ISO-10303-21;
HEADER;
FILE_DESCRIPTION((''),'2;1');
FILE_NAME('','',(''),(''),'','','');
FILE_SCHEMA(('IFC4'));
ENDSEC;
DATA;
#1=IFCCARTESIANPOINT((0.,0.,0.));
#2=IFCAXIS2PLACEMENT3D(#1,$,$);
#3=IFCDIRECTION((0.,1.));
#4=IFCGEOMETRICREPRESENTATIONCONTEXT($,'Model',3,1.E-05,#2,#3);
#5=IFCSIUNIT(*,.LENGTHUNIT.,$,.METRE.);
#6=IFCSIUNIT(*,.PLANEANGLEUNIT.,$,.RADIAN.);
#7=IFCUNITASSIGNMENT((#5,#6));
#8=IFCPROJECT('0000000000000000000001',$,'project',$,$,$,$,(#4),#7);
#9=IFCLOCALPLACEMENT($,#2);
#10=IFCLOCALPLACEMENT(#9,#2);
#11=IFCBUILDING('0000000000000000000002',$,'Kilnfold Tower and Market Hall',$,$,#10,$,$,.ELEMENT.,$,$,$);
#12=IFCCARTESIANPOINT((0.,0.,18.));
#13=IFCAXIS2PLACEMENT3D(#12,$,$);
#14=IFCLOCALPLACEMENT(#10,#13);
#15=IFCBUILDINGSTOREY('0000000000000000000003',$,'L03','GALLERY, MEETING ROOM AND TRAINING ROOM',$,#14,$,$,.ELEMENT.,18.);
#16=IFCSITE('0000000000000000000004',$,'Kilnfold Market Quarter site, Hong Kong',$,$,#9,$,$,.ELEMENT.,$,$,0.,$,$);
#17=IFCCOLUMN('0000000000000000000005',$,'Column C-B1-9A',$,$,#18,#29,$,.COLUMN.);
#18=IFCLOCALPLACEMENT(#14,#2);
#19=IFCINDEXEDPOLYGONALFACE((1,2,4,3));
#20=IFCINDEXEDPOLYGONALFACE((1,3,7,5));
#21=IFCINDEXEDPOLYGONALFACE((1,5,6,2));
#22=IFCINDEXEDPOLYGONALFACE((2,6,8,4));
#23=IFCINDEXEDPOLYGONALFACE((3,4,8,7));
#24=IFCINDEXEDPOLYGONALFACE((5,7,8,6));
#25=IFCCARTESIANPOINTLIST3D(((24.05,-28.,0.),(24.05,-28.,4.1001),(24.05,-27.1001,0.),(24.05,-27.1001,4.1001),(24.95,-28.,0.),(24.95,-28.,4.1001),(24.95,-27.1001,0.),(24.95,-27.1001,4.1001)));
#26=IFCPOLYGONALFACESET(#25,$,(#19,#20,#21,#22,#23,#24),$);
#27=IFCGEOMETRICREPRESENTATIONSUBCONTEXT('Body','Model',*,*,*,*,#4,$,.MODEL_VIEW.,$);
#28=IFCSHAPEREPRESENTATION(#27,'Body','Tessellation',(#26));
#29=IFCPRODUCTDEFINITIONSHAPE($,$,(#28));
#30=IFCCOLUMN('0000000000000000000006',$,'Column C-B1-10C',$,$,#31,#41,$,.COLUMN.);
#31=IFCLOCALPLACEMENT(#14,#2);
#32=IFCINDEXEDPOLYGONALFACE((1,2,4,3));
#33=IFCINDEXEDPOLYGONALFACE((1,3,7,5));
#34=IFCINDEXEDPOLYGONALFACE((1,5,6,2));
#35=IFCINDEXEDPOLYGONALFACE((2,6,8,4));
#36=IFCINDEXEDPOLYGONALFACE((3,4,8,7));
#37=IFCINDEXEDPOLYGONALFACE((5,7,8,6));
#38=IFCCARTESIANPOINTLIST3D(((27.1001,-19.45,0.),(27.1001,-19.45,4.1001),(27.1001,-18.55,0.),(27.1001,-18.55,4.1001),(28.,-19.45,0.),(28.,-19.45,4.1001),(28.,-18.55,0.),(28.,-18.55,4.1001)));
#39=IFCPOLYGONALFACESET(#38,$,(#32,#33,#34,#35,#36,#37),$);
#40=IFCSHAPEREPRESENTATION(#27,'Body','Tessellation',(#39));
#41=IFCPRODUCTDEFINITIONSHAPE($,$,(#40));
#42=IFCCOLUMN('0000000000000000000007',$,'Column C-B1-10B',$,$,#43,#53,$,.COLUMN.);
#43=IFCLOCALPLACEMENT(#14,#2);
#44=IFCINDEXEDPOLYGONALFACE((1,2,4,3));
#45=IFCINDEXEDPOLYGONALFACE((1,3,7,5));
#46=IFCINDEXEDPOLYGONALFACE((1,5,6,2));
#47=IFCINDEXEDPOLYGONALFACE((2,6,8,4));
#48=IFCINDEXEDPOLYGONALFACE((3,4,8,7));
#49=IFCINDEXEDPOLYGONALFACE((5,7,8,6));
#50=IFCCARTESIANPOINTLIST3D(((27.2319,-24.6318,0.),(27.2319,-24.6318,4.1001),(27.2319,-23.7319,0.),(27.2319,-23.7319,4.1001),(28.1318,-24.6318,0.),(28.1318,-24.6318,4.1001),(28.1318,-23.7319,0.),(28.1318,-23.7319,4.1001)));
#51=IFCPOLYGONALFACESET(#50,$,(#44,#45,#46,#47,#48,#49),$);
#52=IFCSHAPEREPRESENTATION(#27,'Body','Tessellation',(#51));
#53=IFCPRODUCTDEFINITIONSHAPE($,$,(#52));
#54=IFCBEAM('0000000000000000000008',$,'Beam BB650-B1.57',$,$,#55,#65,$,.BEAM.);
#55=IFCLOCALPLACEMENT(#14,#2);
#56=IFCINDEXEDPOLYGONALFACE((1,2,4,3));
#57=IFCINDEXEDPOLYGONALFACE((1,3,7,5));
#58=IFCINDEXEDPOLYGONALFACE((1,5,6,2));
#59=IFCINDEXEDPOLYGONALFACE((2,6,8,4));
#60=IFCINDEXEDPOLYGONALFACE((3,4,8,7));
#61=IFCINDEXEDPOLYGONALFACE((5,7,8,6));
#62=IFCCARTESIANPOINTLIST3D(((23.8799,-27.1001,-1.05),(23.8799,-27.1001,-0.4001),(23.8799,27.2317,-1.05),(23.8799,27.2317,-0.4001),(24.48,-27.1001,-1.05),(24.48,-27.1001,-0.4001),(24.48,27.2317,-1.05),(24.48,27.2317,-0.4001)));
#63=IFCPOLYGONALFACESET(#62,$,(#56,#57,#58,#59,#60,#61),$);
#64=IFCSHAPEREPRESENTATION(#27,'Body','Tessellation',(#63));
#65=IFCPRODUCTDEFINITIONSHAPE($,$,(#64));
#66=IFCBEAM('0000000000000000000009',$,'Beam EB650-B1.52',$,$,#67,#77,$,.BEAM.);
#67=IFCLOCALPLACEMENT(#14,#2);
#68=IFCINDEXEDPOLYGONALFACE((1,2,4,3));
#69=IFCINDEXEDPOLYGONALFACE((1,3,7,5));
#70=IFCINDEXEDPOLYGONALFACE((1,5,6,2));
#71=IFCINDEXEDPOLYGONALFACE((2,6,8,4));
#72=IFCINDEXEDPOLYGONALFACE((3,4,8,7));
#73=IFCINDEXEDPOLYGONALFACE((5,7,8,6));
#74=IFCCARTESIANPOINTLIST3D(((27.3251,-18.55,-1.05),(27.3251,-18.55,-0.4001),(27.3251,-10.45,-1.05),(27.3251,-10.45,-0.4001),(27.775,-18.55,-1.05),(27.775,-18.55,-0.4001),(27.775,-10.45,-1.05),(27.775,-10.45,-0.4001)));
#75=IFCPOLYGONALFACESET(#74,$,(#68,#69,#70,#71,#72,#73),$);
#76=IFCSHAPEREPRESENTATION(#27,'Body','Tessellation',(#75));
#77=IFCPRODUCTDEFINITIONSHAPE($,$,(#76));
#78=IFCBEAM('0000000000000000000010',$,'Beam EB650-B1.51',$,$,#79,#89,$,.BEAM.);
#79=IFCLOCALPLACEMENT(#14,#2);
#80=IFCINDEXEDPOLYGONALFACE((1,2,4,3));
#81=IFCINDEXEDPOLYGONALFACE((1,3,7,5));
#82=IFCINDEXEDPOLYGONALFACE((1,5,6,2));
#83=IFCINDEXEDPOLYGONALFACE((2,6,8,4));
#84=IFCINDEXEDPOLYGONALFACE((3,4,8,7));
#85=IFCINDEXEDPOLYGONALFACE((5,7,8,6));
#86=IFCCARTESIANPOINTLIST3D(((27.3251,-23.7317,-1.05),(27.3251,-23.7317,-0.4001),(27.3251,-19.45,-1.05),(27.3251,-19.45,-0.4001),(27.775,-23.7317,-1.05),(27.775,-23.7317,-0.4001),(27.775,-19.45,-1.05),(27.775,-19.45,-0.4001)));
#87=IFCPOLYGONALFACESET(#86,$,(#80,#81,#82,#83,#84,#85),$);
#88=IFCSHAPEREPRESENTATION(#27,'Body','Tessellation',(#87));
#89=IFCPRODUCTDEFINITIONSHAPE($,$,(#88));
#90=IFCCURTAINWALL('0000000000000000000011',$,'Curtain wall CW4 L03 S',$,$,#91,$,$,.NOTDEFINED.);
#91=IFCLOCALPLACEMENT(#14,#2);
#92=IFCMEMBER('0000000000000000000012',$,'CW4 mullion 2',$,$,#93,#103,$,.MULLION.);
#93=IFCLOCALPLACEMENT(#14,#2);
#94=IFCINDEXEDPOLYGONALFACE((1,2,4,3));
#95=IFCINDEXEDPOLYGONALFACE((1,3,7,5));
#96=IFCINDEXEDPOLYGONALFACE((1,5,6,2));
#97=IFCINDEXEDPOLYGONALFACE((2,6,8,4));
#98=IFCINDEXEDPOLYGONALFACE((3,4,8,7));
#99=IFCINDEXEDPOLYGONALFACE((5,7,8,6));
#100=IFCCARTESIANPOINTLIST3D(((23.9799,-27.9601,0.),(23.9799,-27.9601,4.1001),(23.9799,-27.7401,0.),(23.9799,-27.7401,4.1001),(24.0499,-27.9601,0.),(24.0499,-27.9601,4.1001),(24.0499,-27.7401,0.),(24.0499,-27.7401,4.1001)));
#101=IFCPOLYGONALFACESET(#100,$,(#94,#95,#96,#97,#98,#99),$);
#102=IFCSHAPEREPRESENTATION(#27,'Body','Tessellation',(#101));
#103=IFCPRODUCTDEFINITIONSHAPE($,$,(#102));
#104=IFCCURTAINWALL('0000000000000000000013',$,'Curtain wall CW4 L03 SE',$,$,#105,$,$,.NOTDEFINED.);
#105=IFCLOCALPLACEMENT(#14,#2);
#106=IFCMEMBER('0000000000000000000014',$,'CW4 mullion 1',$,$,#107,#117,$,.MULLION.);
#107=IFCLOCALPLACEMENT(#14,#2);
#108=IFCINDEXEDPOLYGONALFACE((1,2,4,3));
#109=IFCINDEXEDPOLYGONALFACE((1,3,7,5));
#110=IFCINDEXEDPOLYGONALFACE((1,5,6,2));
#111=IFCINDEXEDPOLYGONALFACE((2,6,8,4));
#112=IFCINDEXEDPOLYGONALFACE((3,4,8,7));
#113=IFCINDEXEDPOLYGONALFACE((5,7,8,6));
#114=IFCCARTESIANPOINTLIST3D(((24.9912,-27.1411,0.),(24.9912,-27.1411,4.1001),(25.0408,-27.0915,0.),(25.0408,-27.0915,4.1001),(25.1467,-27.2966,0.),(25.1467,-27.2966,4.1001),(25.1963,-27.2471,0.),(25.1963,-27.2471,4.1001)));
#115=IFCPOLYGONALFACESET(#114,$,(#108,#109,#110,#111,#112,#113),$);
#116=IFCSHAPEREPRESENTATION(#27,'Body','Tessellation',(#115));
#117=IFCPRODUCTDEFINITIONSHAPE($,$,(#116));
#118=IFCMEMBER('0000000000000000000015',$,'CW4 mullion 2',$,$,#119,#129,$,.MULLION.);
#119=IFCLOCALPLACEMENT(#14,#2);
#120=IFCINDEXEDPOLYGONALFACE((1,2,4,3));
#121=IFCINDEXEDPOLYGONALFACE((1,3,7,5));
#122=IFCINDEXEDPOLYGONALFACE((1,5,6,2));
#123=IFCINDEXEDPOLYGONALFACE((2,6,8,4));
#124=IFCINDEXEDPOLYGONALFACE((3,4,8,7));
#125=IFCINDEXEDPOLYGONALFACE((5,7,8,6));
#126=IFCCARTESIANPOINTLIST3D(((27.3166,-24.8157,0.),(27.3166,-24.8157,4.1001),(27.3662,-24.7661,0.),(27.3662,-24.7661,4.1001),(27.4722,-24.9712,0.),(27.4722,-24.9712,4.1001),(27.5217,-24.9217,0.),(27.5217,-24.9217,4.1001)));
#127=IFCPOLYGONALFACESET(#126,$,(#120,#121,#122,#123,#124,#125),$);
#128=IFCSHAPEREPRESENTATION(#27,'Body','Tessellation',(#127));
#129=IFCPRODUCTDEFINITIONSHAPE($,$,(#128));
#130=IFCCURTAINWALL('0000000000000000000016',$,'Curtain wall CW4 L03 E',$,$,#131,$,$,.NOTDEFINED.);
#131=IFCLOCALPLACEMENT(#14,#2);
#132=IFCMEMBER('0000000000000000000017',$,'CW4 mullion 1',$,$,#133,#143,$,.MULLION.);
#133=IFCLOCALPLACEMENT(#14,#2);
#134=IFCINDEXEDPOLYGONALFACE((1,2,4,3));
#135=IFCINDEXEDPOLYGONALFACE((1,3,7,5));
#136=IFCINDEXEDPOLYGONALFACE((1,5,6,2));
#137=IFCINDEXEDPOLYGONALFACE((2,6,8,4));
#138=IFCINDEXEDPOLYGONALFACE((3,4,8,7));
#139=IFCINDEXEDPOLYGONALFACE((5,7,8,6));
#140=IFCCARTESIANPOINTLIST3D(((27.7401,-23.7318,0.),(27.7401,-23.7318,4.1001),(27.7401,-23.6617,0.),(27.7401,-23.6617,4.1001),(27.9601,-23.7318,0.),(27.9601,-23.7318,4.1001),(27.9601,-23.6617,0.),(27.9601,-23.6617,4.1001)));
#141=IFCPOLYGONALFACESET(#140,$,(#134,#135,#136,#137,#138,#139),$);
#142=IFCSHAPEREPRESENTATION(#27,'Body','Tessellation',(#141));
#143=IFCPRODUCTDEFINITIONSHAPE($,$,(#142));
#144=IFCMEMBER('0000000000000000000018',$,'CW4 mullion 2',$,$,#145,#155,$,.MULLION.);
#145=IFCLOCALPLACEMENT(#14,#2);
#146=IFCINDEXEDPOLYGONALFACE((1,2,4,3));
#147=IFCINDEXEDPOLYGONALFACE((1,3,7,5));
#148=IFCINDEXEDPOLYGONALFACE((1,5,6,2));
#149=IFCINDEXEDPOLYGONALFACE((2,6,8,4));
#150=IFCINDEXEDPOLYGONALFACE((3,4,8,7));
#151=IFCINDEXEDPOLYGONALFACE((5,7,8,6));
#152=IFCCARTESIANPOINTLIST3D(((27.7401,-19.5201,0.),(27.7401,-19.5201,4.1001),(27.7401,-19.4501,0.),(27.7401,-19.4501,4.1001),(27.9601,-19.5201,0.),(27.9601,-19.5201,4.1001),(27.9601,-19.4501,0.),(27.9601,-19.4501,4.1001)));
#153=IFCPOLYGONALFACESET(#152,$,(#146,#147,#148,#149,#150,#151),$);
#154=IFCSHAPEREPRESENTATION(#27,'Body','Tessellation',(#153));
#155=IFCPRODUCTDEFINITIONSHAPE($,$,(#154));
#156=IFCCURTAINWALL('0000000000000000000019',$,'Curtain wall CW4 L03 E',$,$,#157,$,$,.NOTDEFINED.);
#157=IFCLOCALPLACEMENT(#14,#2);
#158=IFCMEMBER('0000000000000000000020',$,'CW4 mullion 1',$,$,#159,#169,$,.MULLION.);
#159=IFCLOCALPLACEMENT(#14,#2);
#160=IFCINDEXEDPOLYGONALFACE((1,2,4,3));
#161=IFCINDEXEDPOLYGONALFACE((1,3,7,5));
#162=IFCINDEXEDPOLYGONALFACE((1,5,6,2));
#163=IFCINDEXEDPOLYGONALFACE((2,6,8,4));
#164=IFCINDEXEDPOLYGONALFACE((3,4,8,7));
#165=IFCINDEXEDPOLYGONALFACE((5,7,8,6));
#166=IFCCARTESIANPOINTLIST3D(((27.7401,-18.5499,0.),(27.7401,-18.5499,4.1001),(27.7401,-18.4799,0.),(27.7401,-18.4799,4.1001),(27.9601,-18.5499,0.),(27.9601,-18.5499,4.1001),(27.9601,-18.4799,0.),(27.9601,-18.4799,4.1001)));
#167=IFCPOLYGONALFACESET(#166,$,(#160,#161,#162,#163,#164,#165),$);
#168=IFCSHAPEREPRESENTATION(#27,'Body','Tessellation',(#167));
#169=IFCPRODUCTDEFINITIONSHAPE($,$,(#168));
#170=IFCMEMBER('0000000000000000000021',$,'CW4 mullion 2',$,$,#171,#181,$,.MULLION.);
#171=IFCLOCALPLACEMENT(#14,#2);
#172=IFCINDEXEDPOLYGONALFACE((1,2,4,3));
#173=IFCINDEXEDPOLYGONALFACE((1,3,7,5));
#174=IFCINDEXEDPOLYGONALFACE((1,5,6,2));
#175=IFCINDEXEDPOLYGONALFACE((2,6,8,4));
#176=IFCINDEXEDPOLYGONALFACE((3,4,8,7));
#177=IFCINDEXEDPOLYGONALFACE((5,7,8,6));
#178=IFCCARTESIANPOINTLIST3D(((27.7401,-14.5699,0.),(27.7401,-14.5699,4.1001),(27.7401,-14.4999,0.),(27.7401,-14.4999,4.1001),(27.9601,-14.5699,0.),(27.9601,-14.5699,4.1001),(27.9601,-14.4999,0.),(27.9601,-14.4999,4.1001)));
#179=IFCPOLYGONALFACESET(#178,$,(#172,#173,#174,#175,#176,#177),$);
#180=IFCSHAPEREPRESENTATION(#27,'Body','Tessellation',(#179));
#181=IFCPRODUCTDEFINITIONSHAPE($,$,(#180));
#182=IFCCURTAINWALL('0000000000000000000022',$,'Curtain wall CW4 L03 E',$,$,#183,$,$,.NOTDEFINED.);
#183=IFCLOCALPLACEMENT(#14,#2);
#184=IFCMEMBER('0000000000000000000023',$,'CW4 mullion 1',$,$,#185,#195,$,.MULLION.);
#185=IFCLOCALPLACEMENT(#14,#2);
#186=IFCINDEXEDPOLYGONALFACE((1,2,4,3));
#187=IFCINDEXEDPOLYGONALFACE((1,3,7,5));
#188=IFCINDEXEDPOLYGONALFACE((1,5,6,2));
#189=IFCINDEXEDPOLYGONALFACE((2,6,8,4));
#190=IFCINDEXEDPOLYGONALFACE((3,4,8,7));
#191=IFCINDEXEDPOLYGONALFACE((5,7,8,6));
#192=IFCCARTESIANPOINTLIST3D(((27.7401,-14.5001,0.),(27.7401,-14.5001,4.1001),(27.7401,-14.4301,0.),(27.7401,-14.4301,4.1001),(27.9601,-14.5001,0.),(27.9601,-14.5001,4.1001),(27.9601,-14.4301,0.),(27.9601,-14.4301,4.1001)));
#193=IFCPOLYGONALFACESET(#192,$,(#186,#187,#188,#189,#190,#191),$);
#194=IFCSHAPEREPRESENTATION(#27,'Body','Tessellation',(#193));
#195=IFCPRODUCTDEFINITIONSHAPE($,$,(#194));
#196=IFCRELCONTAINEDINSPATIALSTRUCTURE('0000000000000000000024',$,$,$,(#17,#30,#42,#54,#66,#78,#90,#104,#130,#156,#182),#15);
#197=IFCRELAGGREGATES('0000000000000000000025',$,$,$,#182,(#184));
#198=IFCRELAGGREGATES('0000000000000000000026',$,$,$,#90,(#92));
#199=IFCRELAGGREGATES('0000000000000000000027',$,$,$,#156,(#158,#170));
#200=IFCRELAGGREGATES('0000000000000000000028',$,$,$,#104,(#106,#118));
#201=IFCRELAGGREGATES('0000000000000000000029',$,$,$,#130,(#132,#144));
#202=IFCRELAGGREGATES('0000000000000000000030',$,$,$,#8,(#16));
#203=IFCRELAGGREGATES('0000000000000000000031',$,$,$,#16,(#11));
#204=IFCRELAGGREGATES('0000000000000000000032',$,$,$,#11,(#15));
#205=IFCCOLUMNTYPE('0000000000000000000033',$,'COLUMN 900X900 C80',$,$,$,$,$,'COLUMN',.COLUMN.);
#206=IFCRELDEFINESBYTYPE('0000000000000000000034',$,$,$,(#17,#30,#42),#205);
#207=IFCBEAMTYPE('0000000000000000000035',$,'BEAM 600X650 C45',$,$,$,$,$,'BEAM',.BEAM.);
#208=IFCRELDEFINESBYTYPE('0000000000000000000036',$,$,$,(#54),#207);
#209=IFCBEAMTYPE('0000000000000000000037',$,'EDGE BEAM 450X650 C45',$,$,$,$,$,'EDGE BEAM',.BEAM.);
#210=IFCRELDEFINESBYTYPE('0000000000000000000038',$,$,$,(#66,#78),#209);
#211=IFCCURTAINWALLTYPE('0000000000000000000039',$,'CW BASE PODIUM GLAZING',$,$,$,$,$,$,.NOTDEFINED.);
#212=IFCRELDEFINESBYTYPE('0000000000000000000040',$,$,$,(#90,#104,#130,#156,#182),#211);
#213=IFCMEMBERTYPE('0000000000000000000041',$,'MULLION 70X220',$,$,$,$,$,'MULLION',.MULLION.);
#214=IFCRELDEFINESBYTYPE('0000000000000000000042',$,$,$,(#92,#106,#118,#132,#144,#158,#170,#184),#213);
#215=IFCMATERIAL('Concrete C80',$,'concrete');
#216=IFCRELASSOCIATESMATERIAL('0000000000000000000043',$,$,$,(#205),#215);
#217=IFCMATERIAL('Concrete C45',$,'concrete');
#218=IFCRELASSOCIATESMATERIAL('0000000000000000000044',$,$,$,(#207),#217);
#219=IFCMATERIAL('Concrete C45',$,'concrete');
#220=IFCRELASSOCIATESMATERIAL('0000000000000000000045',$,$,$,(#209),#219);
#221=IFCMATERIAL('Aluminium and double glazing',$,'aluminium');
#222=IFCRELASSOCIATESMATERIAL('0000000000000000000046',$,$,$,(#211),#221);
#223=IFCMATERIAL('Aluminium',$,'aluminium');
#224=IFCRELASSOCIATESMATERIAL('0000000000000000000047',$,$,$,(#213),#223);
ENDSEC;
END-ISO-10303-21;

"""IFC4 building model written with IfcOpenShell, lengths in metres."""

from ifc_helpers import new_model, si_unit, direction, frame, origin, origin_2d, place, context, subcontext, project, spatial, rectangle, extrude, source, transform, mapped, material, material_profile, profile_set, type_object, element, aggregate, save


model = new_model("IFC4")

# Units and contexts
model_context = context("Model", 3, precision=1e-05, world=origin(), true_north=direction((0.0, 1.0)))
body_context = subcontext(model_context, "Body", "Model", "MODEL_VIEW")
ifc_project = project(units=[si_unit("LENGTHUNIT", "METRE"), si_unit("PLANEANGLEUNIT", "RADIAN")], contexts=[model_context])

# Site, building, storey
site_placement = place(None, origin())
site = spatial("IfcSite", under=ifc_project, at=site_placement, Name="Kilnfold Market Quarter site, Hong Kong", CompositionType="ELEMENT", RefElevation=0.0)
building_placement = place(site_placement, origin())
building = spatial("IfcBuilding", under=site, at=building_placement, Name="Kilnfold Tower and Market Hall", CompositionType="ELEMENT")
storey_placement = place(building_placement, frame((0.0, 0.0, 18.0)))
storey = spatial("IfcBuildingStorey", under=building, at=storey_placement, Name="L03", Description="GALLERY, MEETING ROOM AND TRAINING ROOM", CompositionType="ELEMENT", Elevation=18.0)

# Columns
ifc_material_1 = material(Name="Concrete C80", Category="concrete")
ifc_material_profile_1 = material_profile(ifc_material_1, rectangle(XDim=0.8999, YDim=0.8999, at=origin_2d()), Name="RC 900x900")
ifc_profile_set_1 = profile_set([ifc_material_profile_1], Name="Concrete C80")
column_type = type_object("IfcColumnType", Name="COLUMN 900X900 C80", ElementType="COLUMN", PredefinedType="COLUMN", material=ifc_profile_set_1)
shared_shape_1 = source(origin(), body_context, "Body", "SweptSolid", [
    extrude(rectangle(XDim=0.8999, YDim=0.8999, at=origin_2d()), origin(), (0.0, 0.0, 1.0), 4.1001),
])
for number, where, z_axis, x_axis, name in (
    (1, (24.5, -27.55, 0.0), (0.0, 0.0, 1.0), (1.0, 0.0, 0.0), "Column C-B1-9A"),
    (2, (27.55, -19.0, 0.0), (0.0, 0.0, 1.0), (1.0, 0.0, 0.0), "Column C-B1-10C"),
    (3, (27.6819, -24.1819, 0.0), (0.0, 0.0, 1.0), (1.0, 0.0, 0.0), "Column C-B1-10B"),
):
    element("IfcColumn", number, at=place(storey_placement, frame(where, z_axis=z_axis, x_axis=x_axis)), inside=storey, type_object=column_type, Name=name, PredefinedType="COLUMN", context=body_context, shape_type="MappedRepresentation", body=[
        mapped(shared_shape_1, transform((0.0, 0.0, 0.0))),
    ])

# Beams
ifc_material_2 = material(Name="Concrete C45", Category="concrete")
ifc_material_profile_2 = material_profile(ifc_material_2, rectangle(XDim=0.6001, YDim=0.6499, at=origin_2d()), Name="RC 600x650")
ifc_profile_set_2 = profile_set([ifc_material_profile_2], Name="Concrete C45")
beam_type_1 = type_object("IfcBeamType", Name="BEAM 600X650 C45", ElementType="BEAM", PredefinedType="BEAM", material=ifc_profile_set_2)
shared_shape_2 = source(origin(), body_context, "Body", "SweptSolid", [
    extrude(rectangle(XDim=0.6001, YDim=0.6499, at=origin_2d()), origin(), (0.0, 0.0, 1.0), 54.3318),
])
beam_1_placement = place(storey_placement, frame((24.1799, -27.1001, -0.7251), z_axis=(0.0, 1.0, 0.0), x_axis=(-1.0, 0.0, 0.0)))
element("IfcBeam", 4, at=beam_1_placement, inside=storey, type_object=beam_type_1, Name="Beam BB650-B1.57", PredefinedType="BEAM", context=body_context, shape_type="MappedRepresentation", body=[
    mapped(shared_shape_2, transform((0.0, 0.0, 0.0))),
])
ifc_material_3 = material(Name="Concrete C45", Category="concrete")
ifc_material_profile_3 = material_profile(ifc_material_3, rectangle(XDim=0.45, YDim=0.6499, at=origin_2d()), Name="RC 450x650")
ifc_profile_set_3 = profile_set([ifc_material_profile_3], Name="Concrete C45")
beam_type_2 = type_object("IfcBeamType", Name="EDGE BEAM 450X650 C45", ElementType="EDGE BEAM", PredefinedType="BEAM", material=ifc_profile_set_3)
shared_shape_3 = source(origin(), body_context, "Body", "SweptSolid", [
    extrude(rectangle(XDim=0.45, YDim=0.6499, at=origin_2d()), origin(), (0.0, 0.0, 1.0), 8.1001),
])
beam_2_placement = place(storey_placement, frame((27.55, -18.55, -0.7251), z_axis=(0.0, 1.0, 0.0), x_axis=(-1.0, 0.0, 0.0)))
element("IfcBeam", 5, at=beam_2_placement, inside=storey, type_object=beam_type_2, Name="Beam EB650-B1.52", PredefinedType="BEAM", context=body_context, shape_type="MappedRepresentation", body=[
    mapped(shared_shape_3, transform((0.0, 0.0, 0.0))),
])
shared_shape_4 = source(origin(), body_context, "Body", "SweptSolid", [
    extrude(rectangle(XDim=0.45, YDim=0.6499, at=origin_2d()), origin(), (0.0, 0.0, 1.0), 4.2817),
])
beam_3_placement = place(storey_placement, frame((27.55, -23.7317, -0.7251), z_axis=(0.0, 1.0, 0.0), x_axis=(-1.0, 0.0, 0.0)))
element("IfcBeam", 6, at=beam_3_placement, inside=storey, type_object=beam_type_2, Name="Beam EB650-B1.51", PredefinedType="BEAM", context=body_context, shape_type="MappedRepresentation", body=[
    mapped(shared_shape_4, transform((0.0, 0.0, 0.0))),
])

# Curtain wall, member
ifc_material_4 = material(Name="Aluminium and double glazing", Category="aluminium")
curtain_wall_type = type_object("IfcCurtainWallType", Name="CW BASE PODIUM GLAZING", PredefinedType="NOTDEFINED", material=ifc_material_4)
curtain_wall_1_placement = place(storey_placement, origin())
curtain_wall_1 = element("IfcCurtainWall", 7, at=curtain_wall_1_placement, inside=storey, type_object=curtain_wall_type, Name="Curtain wall CW4 L03 S", PredefinedType="NOTDEFINED")
ifc_material_5 = material(Name="Aluminium", Category="aluminium")
ifc_material_profile_4 = material_profile(ifc_material_5, rectangle(XDim=0.0701, YDim=0.22, at=origin_2d()), Name="MULLION 70x220")
ifc_profile_set_4 = profile_set([ifc_material_profile_4], Name="Aluminium")
member_type_1 = type_object("IfcMemberType", Name="MULLION 70X220", ElementType="MULLION", PredefinedType="MULLION", material=ifc_profile_set_4)
shared_shape_5 = source(origin(), body_context, "Body", "SweptSolid", [
    extrude(rectangle(XDim=0.0701, YDim=0.22, at=origin_2d()), origin(), (0.0, 0.0, 1.0), 4.1001),
])
member_1_placement = place(storey_placement, frame((24.0149, -27.8501, 0.0), z_axis=(0.0, 0.0, 1.0), x_axis=(1.0, 0.0, 0.0)))
member_1 = element("IfcMember", 8, at=member_1_placement, type_object=member_type_1, Name="CW4 mullion 2", PredefinedType="MULLION", context=body_context, shape_type="MappedRepresentation", body=[
    mapped(shared_shape_5, transform((0.0, 0.0, 0.0))),
])

# Curtain walls, members
curtain_wall_2_placement = place(storey_placement, origin())
curtain_wall_2 = element("IfcCurtainWall", 9, at=curtain_wall_2_placement, inside=storey, type_object=curtain_wall_type, Name="Curtain wall CW4 L03 SE", PredefinedType="NOTDEFINED")
member_2_placement = place(storey_placement, frame((25.0938, -27.1941, 0.0), z_axis=(0.0, 0.0, 1.0), x_axis=(0.707122, 0.707092, 0.0)))
member_2 = element("IfcMember", 10, at=member_2_placement, type_object=member_type_1, Name="CW4 mullion 1", PredefinedType="MULLION", context=body_context, shape_type="MappedRepresentation", body=[
    mapped(shared_shape_5, transform((0.0, 0.0, 0.0))),
])
member_3_placement = place(storey_placement, frame((27.4192, -24.8687, 0.0), z_axis=(0.0, 0.0, 1.0), x_axis=(0.707122, 0.707092, 0.0)))
member_3 = element("IfcMember", 11, at=member_3_placement, type_object=member_type_1, Name="CW4 mullion 2", PredefinedType="MULLION", context=body_context, shape_type="MappedRepresentation", body=[
    mapped(shared_shape_5, transform((0.0, 0.0, 0.0))),
])
curtain_wall_3_placement = place(storey_placement, origin())
curtain_wall_3 = element("IfcCurtainWall", 12, at=curtain_wall_3_placement, inside=storey, type_object=curtain_wall_type, Name="Curtain wall CW4 L03 E", PredefinedType="NOTDEFINED")
member_4_placement = place(storey_placement, frame((27.8501, -23.6968, 0.0), z_axis=(0.0, 0.0, 1.0), x_axis=(0.0, 1.0, 0.0)))
member_4 = element("IfcMember", 13, at=member_4_placement, type_object=member_type_1, Name="CW4 mullion 1", PredefinedType="MULLION", context=body_context, shape_type="MappedRepresentation", body=[
    mapped(shared_shape_5, transform((0.0, 0.0, 0.0))),
])
member_5_placement = place(storey_placement, frame((27.8501, -19.4851, 0.0), z_axis=(0.0, 0.0, 1.0), x_axis=(0.0, 1.0, 0.0)))
member_5 = element("IfcMember", 14, at=member_5_placement, type_object=member_type_1, Name="CW4 mullion 2", PredefinedType="MULLION", context=body_context, shape_type="MappedRepresentation", body=[
    mapped(shared_shape_5, transform((0.0, 0.0, 0.0))),
])
curtain_wall_4_placement = place(storey_placement, origin())
curtain_wall_4 = element("IfcCurtainWall", 15, at=curtain_wall_4_placement, inside=storey, type_object=curtain_wall_type, Name="Curtain wall CW4 L03 E", PredefinedType="NOTDEFINED")
member_6_placement = place(storey_placement, frame((27.8501, -18.5149, 0.0), z_axis=(0.0, 0.0, 1.0), x_axis=(0.0, 1.0, 0.0)))
member_6 = element("IfcMember", 16, at=member_6_placement, type_object=member_type_1, Name="CW4 mullion 1", PredefinedType="MULLION", context=body_context, shape_type="MappedRepresentation", body=[
    mapped(shared_shape_5, transform((0.0, 0.0, 0.0))),
])
member_7_placement = place(storey_placement, frame((27.8501, -14.5349, 0.0), z_axis=(0.0, 0.0, 1.0), x_axis=(0.0, 1.0, 0.0)))
member_7 = element("IfcMember", 17, at=member_7_placement, type_object=member_type_1, Name="CW4 mullion 2", PredefinedType="MULLION", context=body_context, shape_type="MappedRepresentation", body=[
    mapped(shared_shape_5, transform((0.0, 0.0, 0.0))),
])

# Curtain wall, member
curtain_wall_5_placement = place(storey_placement, origin())
curtain_wall_5 = element("IfcCurtainWall", 18, at=curtain_wall_5_placement, inside=storey, type_object=curtain_wall_type, Name="Curtain wall CW4 L03 E", PredefinedType="NOTDEFINED")
member_8_placement = place(storey_placement, frame((27.8501, -14.4651, 0.0), z_axis=(0.0, 0.0, 1.0), x_axis=(0.0, 1.0, 0.0)))
member_8 = element("IfcMember", 19, at=member_8_placement, type_object=member_type_1, Name="CW4 mullion 1", PredefinedType="MULLION", context=body_context, shape_type="MappedRepresentation", body=[
    mapped(shared_shape_5, transform((0.0, 0.0, 0.0))),
])

aggregate(curtain_wall_5, [member_8])

aggregate(curtain_wall_1, [member_1])
aggregate(curtain_wall_4, [member_6, member_7])
aggregate(curtain_wall_2, [member_2, member_3])
aggregate(curtain_wall_3, [member_4, member_5])

save(model, "model.ifc")
